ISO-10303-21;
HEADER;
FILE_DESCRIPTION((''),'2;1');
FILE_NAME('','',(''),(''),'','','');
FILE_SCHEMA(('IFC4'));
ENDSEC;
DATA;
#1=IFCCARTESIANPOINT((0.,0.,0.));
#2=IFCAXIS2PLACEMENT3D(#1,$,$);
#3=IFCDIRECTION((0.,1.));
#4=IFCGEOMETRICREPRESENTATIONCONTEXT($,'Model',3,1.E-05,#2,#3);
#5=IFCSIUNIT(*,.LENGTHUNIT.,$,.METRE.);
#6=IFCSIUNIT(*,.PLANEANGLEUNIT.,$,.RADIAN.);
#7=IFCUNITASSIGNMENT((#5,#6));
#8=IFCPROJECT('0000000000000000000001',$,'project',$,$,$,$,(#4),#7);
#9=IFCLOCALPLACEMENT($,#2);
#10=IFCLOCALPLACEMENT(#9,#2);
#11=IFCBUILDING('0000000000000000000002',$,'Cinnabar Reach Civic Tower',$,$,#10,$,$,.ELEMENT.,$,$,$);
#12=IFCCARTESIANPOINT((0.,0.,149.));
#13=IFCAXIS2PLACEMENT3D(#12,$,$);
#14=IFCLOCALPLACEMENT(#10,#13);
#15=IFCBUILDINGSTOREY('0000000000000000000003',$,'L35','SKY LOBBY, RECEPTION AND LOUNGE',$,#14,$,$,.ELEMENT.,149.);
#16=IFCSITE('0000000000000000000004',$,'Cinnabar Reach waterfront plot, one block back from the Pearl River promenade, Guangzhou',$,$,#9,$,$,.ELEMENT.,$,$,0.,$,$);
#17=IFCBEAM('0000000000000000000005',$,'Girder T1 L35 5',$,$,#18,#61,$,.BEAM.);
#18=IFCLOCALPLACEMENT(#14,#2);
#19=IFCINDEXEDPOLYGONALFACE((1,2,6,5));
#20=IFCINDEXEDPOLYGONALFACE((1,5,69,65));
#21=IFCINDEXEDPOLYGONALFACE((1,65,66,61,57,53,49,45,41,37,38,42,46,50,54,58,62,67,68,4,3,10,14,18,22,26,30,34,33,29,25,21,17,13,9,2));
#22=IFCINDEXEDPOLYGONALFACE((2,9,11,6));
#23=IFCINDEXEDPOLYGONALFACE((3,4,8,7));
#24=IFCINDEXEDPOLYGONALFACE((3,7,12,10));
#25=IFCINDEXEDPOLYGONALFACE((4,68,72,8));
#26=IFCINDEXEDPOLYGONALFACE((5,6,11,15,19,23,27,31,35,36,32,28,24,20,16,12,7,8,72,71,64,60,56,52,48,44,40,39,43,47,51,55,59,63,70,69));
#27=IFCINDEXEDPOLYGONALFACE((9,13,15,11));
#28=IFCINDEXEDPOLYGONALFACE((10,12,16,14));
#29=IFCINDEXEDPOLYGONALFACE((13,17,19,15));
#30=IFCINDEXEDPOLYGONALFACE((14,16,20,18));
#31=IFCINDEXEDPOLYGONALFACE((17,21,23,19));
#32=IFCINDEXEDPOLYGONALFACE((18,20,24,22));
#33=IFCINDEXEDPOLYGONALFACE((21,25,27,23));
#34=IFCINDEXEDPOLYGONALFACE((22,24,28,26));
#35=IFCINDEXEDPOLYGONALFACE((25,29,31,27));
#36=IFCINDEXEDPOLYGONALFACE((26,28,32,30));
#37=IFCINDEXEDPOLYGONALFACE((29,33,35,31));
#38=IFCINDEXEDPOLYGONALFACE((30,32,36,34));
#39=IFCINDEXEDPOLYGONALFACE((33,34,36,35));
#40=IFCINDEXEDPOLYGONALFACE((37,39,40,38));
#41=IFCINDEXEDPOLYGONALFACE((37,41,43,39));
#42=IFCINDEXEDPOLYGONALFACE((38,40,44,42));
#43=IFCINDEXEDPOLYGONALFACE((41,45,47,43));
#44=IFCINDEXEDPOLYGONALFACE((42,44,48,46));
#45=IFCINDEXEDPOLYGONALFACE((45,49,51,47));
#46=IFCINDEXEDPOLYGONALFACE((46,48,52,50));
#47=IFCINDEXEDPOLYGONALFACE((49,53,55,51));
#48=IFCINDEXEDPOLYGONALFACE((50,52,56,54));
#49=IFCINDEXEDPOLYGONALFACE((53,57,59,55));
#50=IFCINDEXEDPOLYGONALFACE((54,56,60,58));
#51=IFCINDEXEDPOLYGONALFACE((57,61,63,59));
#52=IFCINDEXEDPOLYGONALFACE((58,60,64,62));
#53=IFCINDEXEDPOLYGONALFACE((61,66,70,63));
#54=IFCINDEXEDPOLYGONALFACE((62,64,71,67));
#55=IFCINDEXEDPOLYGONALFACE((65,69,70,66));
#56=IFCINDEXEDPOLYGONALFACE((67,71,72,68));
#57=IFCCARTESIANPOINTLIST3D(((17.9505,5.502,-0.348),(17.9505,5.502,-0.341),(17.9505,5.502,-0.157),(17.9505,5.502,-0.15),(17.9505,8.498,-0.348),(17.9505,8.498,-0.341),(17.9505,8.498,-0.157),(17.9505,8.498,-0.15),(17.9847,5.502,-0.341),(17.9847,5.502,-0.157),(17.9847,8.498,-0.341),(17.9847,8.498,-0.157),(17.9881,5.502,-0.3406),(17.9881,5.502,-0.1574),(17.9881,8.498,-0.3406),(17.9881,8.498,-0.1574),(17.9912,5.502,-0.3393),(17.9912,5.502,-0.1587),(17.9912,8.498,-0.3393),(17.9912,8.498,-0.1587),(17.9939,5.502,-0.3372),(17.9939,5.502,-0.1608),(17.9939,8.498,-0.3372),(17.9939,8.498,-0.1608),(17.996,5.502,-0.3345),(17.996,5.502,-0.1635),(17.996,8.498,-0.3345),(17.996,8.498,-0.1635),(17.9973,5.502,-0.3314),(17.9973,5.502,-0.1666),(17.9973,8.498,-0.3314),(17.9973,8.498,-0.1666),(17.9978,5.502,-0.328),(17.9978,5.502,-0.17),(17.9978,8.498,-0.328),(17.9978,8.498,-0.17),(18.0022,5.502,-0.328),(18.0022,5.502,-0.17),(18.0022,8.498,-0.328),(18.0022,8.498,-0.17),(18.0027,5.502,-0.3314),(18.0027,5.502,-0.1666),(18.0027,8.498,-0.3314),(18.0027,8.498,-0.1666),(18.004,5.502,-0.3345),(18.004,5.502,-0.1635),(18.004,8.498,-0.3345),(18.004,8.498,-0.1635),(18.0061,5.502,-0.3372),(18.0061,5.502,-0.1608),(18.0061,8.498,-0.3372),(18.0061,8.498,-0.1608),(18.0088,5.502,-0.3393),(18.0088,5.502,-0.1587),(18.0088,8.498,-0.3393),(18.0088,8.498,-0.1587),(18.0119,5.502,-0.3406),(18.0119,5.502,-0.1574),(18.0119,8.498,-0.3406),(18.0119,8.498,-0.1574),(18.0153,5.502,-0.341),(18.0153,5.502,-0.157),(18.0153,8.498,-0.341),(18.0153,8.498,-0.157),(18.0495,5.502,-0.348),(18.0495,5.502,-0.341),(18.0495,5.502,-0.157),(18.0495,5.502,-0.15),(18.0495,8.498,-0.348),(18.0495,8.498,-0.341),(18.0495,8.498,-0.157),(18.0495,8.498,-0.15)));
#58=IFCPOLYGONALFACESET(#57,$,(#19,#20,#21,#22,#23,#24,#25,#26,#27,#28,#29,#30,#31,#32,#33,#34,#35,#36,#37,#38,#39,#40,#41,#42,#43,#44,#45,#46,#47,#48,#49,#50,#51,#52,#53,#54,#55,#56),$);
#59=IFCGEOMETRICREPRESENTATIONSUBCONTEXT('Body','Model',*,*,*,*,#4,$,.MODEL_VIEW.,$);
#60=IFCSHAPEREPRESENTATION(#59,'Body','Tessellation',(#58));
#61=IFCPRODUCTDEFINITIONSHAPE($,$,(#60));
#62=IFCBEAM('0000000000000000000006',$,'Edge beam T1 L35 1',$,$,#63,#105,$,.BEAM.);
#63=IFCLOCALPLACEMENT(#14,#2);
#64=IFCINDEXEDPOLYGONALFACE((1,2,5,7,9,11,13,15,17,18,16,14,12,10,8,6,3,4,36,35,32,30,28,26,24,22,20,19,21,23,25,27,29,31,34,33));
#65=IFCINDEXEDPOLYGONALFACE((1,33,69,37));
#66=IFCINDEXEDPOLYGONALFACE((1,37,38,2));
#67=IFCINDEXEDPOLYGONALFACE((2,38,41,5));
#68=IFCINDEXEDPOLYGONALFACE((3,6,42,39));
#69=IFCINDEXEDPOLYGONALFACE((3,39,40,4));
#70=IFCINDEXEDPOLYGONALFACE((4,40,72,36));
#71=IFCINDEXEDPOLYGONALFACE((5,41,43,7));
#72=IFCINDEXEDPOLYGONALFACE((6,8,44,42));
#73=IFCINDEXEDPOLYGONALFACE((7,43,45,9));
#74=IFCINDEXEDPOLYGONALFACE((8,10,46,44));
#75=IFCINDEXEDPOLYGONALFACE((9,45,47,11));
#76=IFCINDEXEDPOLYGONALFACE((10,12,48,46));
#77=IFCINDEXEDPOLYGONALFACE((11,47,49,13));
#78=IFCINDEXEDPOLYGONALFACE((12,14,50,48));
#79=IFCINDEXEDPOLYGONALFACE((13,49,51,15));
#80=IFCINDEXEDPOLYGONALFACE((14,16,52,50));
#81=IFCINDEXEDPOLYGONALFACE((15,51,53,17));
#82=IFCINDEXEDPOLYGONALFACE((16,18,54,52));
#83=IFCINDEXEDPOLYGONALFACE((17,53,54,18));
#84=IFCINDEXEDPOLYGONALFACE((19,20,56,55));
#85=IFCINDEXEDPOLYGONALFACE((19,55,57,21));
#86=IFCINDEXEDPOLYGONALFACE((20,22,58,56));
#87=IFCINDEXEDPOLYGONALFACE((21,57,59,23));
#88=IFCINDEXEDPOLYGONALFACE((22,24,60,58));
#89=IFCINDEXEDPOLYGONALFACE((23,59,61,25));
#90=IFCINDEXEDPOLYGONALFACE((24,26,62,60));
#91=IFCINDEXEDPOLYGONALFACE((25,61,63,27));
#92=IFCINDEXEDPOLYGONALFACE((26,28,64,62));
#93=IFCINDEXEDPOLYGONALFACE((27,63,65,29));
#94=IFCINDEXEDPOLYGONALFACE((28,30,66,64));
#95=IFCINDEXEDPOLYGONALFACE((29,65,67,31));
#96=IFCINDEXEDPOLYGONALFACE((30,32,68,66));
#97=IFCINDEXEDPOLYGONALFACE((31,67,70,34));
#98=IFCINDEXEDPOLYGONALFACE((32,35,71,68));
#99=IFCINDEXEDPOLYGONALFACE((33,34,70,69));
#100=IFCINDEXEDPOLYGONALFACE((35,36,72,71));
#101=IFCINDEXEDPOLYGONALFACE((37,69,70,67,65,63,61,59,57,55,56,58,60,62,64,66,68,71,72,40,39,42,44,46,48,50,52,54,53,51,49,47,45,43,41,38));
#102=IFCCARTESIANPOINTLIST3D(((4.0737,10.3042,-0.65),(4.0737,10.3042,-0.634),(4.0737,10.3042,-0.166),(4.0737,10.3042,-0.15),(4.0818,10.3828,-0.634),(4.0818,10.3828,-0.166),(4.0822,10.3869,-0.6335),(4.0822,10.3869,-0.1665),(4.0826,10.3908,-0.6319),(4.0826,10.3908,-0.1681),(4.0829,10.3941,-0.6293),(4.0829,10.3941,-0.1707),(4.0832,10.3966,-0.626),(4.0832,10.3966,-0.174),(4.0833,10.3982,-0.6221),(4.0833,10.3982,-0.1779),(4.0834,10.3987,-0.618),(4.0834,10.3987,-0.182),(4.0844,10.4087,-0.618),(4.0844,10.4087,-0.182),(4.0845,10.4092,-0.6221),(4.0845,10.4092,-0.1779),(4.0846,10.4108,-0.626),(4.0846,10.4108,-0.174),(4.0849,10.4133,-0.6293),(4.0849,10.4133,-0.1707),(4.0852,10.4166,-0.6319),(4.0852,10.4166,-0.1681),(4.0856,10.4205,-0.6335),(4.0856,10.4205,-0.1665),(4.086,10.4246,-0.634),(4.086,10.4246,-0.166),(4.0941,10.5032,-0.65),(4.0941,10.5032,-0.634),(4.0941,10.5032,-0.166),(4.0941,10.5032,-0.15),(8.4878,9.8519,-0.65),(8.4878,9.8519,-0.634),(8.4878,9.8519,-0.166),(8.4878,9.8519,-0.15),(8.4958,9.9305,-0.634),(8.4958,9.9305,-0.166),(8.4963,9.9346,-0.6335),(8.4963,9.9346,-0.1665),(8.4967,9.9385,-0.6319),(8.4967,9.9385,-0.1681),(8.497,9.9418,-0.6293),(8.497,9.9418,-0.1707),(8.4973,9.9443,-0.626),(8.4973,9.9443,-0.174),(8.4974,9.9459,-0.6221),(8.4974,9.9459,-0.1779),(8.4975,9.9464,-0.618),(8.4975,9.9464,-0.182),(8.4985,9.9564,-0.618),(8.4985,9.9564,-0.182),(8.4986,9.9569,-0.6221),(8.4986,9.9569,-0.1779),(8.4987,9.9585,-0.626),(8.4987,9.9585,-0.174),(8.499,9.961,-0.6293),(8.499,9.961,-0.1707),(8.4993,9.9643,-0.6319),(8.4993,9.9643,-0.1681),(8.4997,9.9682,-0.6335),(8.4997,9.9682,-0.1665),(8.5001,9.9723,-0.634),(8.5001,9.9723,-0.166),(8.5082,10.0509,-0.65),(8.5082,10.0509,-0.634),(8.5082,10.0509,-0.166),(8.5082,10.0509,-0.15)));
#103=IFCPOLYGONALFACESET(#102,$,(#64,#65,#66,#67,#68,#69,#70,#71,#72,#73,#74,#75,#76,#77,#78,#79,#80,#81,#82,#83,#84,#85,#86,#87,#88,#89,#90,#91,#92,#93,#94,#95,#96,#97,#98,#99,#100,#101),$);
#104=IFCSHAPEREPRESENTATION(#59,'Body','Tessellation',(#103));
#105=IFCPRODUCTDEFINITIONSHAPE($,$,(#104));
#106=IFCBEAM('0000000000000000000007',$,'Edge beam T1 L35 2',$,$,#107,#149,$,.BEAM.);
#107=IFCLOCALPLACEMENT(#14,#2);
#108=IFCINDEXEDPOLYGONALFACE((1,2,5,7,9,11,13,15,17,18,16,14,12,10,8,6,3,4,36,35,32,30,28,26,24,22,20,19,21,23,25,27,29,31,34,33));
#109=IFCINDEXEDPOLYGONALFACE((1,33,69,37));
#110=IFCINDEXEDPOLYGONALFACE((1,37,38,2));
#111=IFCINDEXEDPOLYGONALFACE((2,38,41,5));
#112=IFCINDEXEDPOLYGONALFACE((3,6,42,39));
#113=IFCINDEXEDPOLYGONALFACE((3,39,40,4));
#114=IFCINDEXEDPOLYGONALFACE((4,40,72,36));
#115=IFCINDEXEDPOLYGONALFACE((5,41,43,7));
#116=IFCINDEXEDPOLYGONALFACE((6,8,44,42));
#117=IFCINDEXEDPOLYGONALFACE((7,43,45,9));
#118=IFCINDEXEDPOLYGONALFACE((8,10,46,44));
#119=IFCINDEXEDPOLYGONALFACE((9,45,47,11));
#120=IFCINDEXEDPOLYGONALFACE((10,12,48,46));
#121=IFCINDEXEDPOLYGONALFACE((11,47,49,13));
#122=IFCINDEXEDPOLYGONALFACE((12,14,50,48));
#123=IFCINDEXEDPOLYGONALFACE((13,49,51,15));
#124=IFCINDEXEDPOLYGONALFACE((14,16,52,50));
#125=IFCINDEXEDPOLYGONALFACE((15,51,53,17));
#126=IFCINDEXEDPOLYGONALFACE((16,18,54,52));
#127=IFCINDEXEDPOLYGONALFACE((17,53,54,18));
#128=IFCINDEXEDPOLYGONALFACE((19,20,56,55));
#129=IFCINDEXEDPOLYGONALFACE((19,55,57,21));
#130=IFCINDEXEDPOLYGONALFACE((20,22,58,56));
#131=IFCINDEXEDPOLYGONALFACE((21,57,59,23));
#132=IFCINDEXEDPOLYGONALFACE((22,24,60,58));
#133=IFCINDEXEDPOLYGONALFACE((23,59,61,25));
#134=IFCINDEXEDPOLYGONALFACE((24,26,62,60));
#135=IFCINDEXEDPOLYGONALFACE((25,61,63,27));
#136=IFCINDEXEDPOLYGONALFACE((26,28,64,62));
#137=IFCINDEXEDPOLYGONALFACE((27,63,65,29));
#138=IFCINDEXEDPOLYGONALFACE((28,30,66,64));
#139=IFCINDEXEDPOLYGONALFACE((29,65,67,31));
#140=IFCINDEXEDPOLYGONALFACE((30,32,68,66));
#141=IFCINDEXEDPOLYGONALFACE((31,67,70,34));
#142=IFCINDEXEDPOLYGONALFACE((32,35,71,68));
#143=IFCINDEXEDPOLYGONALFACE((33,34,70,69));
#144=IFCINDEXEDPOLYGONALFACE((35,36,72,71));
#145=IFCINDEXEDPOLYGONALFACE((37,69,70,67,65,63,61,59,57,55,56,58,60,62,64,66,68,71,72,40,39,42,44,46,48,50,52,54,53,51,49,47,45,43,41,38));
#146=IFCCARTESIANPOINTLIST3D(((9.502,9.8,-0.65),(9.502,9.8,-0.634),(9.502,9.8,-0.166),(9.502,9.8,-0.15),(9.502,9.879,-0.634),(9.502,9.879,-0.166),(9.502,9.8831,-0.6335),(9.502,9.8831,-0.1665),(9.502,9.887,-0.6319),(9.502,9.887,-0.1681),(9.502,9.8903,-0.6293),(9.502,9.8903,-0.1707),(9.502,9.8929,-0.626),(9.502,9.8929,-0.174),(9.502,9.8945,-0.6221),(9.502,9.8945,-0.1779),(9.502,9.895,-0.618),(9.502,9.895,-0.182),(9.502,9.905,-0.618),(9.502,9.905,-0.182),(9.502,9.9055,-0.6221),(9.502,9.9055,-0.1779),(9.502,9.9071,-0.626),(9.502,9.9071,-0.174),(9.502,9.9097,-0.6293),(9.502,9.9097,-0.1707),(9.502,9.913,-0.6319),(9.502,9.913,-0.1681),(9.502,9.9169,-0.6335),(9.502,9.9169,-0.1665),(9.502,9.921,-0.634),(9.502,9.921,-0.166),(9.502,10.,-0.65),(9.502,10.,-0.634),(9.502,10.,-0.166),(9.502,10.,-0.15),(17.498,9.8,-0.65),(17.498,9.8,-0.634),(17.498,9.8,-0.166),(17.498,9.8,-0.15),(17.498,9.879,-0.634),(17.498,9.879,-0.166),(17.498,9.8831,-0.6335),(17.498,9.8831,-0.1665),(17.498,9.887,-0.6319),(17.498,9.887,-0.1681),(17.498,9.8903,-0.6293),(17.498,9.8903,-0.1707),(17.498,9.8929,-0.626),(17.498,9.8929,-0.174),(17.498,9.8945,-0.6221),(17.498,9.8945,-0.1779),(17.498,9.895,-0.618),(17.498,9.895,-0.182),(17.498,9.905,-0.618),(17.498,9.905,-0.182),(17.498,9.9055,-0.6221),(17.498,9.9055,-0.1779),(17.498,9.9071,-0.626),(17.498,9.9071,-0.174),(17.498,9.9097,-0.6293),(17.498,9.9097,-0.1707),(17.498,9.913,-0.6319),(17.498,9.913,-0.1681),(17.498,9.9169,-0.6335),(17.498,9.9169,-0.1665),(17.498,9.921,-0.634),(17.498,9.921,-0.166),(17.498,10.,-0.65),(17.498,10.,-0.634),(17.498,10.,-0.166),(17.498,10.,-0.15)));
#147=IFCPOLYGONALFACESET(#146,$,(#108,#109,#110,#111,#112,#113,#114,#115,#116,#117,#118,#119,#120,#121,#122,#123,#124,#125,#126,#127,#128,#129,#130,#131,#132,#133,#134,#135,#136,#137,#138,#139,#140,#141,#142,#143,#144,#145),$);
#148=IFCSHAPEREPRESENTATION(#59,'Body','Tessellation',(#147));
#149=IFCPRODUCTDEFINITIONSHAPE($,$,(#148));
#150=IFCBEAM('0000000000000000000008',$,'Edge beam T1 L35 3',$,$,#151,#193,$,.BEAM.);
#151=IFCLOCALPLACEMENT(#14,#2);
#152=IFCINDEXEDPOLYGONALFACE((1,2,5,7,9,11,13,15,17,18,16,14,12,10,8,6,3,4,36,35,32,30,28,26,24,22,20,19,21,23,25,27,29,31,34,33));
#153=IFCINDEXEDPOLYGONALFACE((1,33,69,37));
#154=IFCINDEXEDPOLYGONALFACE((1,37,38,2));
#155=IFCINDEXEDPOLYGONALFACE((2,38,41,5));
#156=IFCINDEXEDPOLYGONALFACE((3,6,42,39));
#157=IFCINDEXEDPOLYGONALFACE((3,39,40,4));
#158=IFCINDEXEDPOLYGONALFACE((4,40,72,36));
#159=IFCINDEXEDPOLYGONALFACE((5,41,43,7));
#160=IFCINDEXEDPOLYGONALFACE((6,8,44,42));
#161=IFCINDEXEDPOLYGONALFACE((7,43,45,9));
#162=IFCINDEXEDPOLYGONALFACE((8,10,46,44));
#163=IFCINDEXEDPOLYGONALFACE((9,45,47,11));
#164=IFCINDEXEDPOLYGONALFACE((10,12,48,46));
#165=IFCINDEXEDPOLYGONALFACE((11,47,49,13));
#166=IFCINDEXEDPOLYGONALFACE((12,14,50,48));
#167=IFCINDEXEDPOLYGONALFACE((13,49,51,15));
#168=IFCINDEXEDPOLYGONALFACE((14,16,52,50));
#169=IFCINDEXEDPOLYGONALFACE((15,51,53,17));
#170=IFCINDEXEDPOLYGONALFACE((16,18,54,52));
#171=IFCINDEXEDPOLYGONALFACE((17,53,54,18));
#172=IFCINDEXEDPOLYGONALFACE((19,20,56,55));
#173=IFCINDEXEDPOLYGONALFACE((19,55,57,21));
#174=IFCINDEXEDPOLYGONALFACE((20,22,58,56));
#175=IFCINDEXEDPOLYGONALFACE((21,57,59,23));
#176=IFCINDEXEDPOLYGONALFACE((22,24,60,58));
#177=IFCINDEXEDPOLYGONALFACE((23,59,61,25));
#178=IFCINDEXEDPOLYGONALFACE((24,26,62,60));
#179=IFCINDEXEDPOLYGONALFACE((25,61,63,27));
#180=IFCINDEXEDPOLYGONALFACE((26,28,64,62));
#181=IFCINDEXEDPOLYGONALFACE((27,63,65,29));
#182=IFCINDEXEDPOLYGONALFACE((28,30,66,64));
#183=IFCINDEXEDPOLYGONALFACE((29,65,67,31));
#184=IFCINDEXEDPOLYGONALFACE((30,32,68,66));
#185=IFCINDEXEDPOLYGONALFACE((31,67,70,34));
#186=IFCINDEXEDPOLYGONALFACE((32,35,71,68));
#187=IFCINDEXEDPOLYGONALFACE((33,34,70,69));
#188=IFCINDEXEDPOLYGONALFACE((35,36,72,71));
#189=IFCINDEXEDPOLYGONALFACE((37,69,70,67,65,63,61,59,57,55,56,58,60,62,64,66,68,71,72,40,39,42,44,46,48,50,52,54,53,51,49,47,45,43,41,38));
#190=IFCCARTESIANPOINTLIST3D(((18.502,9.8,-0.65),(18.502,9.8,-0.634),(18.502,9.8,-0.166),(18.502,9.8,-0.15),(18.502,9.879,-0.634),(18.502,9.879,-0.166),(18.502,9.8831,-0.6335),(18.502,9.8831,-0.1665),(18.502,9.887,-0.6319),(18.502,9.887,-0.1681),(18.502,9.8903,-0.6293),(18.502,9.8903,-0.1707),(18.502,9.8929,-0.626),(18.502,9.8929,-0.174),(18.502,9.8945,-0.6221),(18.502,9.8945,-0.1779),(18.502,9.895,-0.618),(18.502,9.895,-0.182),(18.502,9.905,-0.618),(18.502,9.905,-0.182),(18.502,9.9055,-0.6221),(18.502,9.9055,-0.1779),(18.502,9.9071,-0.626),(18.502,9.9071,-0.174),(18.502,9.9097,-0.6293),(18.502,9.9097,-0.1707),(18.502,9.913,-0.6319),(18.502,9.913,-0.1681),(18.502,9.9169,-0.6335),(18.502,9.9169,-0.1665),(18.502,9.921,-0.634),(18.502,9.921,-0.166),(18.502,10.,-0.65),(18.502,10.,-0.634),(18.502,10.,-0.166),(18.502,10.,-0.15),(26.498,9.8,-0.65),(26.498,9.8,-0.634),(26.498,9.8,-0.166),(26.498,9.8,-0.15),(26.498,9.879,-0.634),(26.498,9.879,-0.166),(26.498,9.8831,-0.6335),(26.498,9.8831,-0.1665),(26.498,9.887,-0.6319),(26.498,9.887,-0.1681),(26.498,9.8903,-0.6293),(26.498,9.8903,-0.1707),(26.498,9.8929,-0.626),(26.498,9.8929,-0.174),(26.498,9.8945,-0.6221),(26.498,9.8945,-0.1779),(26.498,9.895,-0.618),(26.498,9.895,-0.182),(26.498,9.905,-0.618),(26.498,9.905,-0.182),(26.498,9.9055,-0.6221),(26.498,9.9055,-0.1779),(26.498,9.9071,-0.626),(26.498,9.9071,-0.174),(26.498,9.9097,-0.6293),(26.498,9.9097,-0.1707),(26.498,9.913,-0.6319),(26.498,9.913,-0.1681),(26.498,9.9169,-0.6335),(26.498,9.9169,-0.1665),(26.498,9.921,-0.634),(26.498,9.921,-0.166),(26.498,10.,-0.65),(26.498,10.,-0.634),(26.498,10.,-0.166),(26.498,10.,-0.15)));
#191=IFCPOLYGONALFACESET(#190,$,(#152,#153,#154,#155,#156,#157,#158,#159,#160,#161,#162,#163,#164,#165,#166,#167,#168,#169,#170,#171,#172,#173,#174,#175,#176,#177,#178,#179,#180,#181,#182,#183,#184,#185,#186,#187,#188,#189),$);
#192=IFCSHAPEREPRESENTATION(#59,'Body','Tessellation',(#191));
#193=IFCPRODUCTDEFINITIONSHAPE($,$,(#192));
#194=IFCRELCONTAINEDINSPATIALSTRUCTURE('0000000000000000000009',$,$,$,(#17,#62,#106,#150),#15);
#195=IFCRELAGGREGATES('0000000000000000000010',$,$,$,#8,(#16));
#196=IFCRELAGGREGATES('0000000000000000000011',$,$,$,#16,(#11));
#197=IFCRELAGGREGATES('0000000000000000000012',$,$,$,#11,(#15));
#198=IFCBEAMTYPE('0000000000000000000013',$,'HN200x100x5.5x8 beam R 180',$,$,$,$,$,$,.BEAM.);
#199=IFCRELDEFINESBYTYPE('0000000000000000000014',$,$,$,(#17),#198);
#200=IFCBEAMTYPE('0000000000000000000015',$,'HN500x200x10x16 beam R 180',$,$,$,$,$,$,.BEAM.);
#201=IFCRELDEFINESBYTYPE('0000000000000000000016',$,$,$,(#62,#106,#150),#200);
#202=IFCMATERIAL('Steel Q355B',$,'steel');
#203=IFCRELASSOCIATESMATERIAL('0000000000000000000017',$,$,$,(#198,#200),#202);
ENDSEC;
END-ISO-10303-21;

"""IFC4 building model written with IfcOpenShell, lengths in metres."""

from ifc_helpers import new_model, si_unit, direction, frame, origin, origin_2d, place, context, subcontext, project, spatial, i_section, extrude, material, material_profile, profile_set, type_object, element, save


model = new_model("IFC4")

# Units and contexts
model_context = context("Model", 3, precision=1e-05, world=origin(), true_north=direction((0.0, 1.0)))
body_context = subcontext(model_context, "Body", "Model", "MODEL_VIEW")
ifc_project = project(units=[si_unit("LENGTHUNIT", "METRE"), si_unit("PLANEANGLEUNIT", "RADIAN")], contexts=[model_context])

# Site, building, storey
site_placement = place(None, origin())
site = spatial("IfcSite", under=ifc_project, at=site_placement, Name="Cinnabar Reach waterfront plot, one block back from the Pearl River promenade, Guangzhou", CompositionType="ELEMENT", RefElevation=0.0)
building_placement = place(site_placement, origin())
building = spatial("IfcBuilding", under=site, at=building_placement, Name="Cinnabar Reach Civic Tower", CompositionType="ELEMENT")
storey_placement = place(building_placement, frame((0.0, 0.0, 149.0)))
storey = spatial("IfcBuildingStorey", under=building, at=storey_placement, Name="L35", Description="SKY LOBBY, RECEPTION AND LOUNGE", CompositionType="ELEMENT", Elevation=149.0)

# Beams
ifc_material_1 = material(Name="Steel Q355B", Category="steel")
ifc_material_profile_1 = material_profile(ifc_material_1, i_section(OverallWidth=0.099, OverallDepth=0.198, WebThickness=0.0045, FlangeThickness=0.007, FilletRadius=0.013, at=origin_2d()), Name="HN200x100x5.5x8")
ifc_profile_set_1 = profile_set([ifc_material_profile_1], Name="Steel Q355B")
beam_type_1 = type_object("IfcBeamType", Name="HN200x100x5.5x8 beam R 180", PredefinedType="BEAM", material=ifc_profile_set_1)
beam_1_placement = place(storey_placement, frame((18.0, 5.502, -0.249), z_axis=(0.0, 1.0, 0.0), x_axis=(-1.0, 0.0, 0.0)))
element("IfcBeam", 1, at=beam_1_placement, inside=storey, type_object=beam_type_1, Name="Girder T1 L35 5", PredefinedType="BEAM", context=body_context, shape_type="SweptSolid", body=[
    extrude(i_section(OverallWidth=0.099, OverallDepth=0.198, WebThickness=0.0045, FlangeThickness=0.007, FilletRadius=0.013, at=origin_2d()), origin(), (0.0, 0.0, 1.0), 2.996),
])
ifc_material_profile_2 = material_profile(ifc_material_1, i_section(OverallWidth=0.2, OverallDepth=0.5, WebThickness=0.01, FlangeThickness=0.016, FilletRadius=0.016, at=origin_2d()), Name="HN500x200x10x16")
ifc_profile_set_2 = profile_set([ifc_material_profile_2], Name="Steel Q355B")
beam_type_2 = type_object("IfcBeamType", Name="HN500x200x10x16 beam R 180", PredefinedType="BEAM", material=ifc_profile_set_2)
beam_2_placement = place(storey_placement, frame((4.0839, 10.4037, -0.4), z_axis=(0.994791, -0.101933, 0.0), x_axis=(0.101933, 0.994791, 0.0)))
element("IfcBeam", 2, at=beam_2_placement, inside=storey, type_object=beam_type_2, Name="Edge beam T1 L35 1", PredefinedType="BEAM", context=body_context, shape_type="SweptSolid", body=[
    extrude(i_section(OverallWidth=0.2, OverallDepth=0.5, WebThickness=0.01, FlangeThickness=0.016, FilletRadius=0.016, at=origin_2d()), origin(), (0.0, 0.0, 1.0), 4.4372),
])
for number, where, z_axis, x_axis, name in (
    (3, (9.502, 9.9, -0.4), (1.0, 0.0, 0.0), (0.0, 1.0, 0.0), "Edge beam T1 L35 2"),
    (4, (18.502, 9.9, -0.4), (1.0, 0.0, 0.0), (0.0, 1.0, 0.0), "Edge beam T1 L35 3"),
):
    element("IfcBeam", number, at=place(storey_placement, frame(where, z_axis=z_axis, x_axis=x_axis)), inside=storey, type_object=beam_type_2, Name=name, PredefinedType="BEAM", context=body_context, shape_type="SweptSolid", body=[
        extrude(i_section(OverallWidth=0.2, OverallDepth=0.5, WebThickness=0.01, FlangeThickness=0.016, FilletRadius=0.016, at=origin_2d()), origin(), (0.0, 0.0, 1.0), 7.996),
    ])

save(model, "model.ifc")
